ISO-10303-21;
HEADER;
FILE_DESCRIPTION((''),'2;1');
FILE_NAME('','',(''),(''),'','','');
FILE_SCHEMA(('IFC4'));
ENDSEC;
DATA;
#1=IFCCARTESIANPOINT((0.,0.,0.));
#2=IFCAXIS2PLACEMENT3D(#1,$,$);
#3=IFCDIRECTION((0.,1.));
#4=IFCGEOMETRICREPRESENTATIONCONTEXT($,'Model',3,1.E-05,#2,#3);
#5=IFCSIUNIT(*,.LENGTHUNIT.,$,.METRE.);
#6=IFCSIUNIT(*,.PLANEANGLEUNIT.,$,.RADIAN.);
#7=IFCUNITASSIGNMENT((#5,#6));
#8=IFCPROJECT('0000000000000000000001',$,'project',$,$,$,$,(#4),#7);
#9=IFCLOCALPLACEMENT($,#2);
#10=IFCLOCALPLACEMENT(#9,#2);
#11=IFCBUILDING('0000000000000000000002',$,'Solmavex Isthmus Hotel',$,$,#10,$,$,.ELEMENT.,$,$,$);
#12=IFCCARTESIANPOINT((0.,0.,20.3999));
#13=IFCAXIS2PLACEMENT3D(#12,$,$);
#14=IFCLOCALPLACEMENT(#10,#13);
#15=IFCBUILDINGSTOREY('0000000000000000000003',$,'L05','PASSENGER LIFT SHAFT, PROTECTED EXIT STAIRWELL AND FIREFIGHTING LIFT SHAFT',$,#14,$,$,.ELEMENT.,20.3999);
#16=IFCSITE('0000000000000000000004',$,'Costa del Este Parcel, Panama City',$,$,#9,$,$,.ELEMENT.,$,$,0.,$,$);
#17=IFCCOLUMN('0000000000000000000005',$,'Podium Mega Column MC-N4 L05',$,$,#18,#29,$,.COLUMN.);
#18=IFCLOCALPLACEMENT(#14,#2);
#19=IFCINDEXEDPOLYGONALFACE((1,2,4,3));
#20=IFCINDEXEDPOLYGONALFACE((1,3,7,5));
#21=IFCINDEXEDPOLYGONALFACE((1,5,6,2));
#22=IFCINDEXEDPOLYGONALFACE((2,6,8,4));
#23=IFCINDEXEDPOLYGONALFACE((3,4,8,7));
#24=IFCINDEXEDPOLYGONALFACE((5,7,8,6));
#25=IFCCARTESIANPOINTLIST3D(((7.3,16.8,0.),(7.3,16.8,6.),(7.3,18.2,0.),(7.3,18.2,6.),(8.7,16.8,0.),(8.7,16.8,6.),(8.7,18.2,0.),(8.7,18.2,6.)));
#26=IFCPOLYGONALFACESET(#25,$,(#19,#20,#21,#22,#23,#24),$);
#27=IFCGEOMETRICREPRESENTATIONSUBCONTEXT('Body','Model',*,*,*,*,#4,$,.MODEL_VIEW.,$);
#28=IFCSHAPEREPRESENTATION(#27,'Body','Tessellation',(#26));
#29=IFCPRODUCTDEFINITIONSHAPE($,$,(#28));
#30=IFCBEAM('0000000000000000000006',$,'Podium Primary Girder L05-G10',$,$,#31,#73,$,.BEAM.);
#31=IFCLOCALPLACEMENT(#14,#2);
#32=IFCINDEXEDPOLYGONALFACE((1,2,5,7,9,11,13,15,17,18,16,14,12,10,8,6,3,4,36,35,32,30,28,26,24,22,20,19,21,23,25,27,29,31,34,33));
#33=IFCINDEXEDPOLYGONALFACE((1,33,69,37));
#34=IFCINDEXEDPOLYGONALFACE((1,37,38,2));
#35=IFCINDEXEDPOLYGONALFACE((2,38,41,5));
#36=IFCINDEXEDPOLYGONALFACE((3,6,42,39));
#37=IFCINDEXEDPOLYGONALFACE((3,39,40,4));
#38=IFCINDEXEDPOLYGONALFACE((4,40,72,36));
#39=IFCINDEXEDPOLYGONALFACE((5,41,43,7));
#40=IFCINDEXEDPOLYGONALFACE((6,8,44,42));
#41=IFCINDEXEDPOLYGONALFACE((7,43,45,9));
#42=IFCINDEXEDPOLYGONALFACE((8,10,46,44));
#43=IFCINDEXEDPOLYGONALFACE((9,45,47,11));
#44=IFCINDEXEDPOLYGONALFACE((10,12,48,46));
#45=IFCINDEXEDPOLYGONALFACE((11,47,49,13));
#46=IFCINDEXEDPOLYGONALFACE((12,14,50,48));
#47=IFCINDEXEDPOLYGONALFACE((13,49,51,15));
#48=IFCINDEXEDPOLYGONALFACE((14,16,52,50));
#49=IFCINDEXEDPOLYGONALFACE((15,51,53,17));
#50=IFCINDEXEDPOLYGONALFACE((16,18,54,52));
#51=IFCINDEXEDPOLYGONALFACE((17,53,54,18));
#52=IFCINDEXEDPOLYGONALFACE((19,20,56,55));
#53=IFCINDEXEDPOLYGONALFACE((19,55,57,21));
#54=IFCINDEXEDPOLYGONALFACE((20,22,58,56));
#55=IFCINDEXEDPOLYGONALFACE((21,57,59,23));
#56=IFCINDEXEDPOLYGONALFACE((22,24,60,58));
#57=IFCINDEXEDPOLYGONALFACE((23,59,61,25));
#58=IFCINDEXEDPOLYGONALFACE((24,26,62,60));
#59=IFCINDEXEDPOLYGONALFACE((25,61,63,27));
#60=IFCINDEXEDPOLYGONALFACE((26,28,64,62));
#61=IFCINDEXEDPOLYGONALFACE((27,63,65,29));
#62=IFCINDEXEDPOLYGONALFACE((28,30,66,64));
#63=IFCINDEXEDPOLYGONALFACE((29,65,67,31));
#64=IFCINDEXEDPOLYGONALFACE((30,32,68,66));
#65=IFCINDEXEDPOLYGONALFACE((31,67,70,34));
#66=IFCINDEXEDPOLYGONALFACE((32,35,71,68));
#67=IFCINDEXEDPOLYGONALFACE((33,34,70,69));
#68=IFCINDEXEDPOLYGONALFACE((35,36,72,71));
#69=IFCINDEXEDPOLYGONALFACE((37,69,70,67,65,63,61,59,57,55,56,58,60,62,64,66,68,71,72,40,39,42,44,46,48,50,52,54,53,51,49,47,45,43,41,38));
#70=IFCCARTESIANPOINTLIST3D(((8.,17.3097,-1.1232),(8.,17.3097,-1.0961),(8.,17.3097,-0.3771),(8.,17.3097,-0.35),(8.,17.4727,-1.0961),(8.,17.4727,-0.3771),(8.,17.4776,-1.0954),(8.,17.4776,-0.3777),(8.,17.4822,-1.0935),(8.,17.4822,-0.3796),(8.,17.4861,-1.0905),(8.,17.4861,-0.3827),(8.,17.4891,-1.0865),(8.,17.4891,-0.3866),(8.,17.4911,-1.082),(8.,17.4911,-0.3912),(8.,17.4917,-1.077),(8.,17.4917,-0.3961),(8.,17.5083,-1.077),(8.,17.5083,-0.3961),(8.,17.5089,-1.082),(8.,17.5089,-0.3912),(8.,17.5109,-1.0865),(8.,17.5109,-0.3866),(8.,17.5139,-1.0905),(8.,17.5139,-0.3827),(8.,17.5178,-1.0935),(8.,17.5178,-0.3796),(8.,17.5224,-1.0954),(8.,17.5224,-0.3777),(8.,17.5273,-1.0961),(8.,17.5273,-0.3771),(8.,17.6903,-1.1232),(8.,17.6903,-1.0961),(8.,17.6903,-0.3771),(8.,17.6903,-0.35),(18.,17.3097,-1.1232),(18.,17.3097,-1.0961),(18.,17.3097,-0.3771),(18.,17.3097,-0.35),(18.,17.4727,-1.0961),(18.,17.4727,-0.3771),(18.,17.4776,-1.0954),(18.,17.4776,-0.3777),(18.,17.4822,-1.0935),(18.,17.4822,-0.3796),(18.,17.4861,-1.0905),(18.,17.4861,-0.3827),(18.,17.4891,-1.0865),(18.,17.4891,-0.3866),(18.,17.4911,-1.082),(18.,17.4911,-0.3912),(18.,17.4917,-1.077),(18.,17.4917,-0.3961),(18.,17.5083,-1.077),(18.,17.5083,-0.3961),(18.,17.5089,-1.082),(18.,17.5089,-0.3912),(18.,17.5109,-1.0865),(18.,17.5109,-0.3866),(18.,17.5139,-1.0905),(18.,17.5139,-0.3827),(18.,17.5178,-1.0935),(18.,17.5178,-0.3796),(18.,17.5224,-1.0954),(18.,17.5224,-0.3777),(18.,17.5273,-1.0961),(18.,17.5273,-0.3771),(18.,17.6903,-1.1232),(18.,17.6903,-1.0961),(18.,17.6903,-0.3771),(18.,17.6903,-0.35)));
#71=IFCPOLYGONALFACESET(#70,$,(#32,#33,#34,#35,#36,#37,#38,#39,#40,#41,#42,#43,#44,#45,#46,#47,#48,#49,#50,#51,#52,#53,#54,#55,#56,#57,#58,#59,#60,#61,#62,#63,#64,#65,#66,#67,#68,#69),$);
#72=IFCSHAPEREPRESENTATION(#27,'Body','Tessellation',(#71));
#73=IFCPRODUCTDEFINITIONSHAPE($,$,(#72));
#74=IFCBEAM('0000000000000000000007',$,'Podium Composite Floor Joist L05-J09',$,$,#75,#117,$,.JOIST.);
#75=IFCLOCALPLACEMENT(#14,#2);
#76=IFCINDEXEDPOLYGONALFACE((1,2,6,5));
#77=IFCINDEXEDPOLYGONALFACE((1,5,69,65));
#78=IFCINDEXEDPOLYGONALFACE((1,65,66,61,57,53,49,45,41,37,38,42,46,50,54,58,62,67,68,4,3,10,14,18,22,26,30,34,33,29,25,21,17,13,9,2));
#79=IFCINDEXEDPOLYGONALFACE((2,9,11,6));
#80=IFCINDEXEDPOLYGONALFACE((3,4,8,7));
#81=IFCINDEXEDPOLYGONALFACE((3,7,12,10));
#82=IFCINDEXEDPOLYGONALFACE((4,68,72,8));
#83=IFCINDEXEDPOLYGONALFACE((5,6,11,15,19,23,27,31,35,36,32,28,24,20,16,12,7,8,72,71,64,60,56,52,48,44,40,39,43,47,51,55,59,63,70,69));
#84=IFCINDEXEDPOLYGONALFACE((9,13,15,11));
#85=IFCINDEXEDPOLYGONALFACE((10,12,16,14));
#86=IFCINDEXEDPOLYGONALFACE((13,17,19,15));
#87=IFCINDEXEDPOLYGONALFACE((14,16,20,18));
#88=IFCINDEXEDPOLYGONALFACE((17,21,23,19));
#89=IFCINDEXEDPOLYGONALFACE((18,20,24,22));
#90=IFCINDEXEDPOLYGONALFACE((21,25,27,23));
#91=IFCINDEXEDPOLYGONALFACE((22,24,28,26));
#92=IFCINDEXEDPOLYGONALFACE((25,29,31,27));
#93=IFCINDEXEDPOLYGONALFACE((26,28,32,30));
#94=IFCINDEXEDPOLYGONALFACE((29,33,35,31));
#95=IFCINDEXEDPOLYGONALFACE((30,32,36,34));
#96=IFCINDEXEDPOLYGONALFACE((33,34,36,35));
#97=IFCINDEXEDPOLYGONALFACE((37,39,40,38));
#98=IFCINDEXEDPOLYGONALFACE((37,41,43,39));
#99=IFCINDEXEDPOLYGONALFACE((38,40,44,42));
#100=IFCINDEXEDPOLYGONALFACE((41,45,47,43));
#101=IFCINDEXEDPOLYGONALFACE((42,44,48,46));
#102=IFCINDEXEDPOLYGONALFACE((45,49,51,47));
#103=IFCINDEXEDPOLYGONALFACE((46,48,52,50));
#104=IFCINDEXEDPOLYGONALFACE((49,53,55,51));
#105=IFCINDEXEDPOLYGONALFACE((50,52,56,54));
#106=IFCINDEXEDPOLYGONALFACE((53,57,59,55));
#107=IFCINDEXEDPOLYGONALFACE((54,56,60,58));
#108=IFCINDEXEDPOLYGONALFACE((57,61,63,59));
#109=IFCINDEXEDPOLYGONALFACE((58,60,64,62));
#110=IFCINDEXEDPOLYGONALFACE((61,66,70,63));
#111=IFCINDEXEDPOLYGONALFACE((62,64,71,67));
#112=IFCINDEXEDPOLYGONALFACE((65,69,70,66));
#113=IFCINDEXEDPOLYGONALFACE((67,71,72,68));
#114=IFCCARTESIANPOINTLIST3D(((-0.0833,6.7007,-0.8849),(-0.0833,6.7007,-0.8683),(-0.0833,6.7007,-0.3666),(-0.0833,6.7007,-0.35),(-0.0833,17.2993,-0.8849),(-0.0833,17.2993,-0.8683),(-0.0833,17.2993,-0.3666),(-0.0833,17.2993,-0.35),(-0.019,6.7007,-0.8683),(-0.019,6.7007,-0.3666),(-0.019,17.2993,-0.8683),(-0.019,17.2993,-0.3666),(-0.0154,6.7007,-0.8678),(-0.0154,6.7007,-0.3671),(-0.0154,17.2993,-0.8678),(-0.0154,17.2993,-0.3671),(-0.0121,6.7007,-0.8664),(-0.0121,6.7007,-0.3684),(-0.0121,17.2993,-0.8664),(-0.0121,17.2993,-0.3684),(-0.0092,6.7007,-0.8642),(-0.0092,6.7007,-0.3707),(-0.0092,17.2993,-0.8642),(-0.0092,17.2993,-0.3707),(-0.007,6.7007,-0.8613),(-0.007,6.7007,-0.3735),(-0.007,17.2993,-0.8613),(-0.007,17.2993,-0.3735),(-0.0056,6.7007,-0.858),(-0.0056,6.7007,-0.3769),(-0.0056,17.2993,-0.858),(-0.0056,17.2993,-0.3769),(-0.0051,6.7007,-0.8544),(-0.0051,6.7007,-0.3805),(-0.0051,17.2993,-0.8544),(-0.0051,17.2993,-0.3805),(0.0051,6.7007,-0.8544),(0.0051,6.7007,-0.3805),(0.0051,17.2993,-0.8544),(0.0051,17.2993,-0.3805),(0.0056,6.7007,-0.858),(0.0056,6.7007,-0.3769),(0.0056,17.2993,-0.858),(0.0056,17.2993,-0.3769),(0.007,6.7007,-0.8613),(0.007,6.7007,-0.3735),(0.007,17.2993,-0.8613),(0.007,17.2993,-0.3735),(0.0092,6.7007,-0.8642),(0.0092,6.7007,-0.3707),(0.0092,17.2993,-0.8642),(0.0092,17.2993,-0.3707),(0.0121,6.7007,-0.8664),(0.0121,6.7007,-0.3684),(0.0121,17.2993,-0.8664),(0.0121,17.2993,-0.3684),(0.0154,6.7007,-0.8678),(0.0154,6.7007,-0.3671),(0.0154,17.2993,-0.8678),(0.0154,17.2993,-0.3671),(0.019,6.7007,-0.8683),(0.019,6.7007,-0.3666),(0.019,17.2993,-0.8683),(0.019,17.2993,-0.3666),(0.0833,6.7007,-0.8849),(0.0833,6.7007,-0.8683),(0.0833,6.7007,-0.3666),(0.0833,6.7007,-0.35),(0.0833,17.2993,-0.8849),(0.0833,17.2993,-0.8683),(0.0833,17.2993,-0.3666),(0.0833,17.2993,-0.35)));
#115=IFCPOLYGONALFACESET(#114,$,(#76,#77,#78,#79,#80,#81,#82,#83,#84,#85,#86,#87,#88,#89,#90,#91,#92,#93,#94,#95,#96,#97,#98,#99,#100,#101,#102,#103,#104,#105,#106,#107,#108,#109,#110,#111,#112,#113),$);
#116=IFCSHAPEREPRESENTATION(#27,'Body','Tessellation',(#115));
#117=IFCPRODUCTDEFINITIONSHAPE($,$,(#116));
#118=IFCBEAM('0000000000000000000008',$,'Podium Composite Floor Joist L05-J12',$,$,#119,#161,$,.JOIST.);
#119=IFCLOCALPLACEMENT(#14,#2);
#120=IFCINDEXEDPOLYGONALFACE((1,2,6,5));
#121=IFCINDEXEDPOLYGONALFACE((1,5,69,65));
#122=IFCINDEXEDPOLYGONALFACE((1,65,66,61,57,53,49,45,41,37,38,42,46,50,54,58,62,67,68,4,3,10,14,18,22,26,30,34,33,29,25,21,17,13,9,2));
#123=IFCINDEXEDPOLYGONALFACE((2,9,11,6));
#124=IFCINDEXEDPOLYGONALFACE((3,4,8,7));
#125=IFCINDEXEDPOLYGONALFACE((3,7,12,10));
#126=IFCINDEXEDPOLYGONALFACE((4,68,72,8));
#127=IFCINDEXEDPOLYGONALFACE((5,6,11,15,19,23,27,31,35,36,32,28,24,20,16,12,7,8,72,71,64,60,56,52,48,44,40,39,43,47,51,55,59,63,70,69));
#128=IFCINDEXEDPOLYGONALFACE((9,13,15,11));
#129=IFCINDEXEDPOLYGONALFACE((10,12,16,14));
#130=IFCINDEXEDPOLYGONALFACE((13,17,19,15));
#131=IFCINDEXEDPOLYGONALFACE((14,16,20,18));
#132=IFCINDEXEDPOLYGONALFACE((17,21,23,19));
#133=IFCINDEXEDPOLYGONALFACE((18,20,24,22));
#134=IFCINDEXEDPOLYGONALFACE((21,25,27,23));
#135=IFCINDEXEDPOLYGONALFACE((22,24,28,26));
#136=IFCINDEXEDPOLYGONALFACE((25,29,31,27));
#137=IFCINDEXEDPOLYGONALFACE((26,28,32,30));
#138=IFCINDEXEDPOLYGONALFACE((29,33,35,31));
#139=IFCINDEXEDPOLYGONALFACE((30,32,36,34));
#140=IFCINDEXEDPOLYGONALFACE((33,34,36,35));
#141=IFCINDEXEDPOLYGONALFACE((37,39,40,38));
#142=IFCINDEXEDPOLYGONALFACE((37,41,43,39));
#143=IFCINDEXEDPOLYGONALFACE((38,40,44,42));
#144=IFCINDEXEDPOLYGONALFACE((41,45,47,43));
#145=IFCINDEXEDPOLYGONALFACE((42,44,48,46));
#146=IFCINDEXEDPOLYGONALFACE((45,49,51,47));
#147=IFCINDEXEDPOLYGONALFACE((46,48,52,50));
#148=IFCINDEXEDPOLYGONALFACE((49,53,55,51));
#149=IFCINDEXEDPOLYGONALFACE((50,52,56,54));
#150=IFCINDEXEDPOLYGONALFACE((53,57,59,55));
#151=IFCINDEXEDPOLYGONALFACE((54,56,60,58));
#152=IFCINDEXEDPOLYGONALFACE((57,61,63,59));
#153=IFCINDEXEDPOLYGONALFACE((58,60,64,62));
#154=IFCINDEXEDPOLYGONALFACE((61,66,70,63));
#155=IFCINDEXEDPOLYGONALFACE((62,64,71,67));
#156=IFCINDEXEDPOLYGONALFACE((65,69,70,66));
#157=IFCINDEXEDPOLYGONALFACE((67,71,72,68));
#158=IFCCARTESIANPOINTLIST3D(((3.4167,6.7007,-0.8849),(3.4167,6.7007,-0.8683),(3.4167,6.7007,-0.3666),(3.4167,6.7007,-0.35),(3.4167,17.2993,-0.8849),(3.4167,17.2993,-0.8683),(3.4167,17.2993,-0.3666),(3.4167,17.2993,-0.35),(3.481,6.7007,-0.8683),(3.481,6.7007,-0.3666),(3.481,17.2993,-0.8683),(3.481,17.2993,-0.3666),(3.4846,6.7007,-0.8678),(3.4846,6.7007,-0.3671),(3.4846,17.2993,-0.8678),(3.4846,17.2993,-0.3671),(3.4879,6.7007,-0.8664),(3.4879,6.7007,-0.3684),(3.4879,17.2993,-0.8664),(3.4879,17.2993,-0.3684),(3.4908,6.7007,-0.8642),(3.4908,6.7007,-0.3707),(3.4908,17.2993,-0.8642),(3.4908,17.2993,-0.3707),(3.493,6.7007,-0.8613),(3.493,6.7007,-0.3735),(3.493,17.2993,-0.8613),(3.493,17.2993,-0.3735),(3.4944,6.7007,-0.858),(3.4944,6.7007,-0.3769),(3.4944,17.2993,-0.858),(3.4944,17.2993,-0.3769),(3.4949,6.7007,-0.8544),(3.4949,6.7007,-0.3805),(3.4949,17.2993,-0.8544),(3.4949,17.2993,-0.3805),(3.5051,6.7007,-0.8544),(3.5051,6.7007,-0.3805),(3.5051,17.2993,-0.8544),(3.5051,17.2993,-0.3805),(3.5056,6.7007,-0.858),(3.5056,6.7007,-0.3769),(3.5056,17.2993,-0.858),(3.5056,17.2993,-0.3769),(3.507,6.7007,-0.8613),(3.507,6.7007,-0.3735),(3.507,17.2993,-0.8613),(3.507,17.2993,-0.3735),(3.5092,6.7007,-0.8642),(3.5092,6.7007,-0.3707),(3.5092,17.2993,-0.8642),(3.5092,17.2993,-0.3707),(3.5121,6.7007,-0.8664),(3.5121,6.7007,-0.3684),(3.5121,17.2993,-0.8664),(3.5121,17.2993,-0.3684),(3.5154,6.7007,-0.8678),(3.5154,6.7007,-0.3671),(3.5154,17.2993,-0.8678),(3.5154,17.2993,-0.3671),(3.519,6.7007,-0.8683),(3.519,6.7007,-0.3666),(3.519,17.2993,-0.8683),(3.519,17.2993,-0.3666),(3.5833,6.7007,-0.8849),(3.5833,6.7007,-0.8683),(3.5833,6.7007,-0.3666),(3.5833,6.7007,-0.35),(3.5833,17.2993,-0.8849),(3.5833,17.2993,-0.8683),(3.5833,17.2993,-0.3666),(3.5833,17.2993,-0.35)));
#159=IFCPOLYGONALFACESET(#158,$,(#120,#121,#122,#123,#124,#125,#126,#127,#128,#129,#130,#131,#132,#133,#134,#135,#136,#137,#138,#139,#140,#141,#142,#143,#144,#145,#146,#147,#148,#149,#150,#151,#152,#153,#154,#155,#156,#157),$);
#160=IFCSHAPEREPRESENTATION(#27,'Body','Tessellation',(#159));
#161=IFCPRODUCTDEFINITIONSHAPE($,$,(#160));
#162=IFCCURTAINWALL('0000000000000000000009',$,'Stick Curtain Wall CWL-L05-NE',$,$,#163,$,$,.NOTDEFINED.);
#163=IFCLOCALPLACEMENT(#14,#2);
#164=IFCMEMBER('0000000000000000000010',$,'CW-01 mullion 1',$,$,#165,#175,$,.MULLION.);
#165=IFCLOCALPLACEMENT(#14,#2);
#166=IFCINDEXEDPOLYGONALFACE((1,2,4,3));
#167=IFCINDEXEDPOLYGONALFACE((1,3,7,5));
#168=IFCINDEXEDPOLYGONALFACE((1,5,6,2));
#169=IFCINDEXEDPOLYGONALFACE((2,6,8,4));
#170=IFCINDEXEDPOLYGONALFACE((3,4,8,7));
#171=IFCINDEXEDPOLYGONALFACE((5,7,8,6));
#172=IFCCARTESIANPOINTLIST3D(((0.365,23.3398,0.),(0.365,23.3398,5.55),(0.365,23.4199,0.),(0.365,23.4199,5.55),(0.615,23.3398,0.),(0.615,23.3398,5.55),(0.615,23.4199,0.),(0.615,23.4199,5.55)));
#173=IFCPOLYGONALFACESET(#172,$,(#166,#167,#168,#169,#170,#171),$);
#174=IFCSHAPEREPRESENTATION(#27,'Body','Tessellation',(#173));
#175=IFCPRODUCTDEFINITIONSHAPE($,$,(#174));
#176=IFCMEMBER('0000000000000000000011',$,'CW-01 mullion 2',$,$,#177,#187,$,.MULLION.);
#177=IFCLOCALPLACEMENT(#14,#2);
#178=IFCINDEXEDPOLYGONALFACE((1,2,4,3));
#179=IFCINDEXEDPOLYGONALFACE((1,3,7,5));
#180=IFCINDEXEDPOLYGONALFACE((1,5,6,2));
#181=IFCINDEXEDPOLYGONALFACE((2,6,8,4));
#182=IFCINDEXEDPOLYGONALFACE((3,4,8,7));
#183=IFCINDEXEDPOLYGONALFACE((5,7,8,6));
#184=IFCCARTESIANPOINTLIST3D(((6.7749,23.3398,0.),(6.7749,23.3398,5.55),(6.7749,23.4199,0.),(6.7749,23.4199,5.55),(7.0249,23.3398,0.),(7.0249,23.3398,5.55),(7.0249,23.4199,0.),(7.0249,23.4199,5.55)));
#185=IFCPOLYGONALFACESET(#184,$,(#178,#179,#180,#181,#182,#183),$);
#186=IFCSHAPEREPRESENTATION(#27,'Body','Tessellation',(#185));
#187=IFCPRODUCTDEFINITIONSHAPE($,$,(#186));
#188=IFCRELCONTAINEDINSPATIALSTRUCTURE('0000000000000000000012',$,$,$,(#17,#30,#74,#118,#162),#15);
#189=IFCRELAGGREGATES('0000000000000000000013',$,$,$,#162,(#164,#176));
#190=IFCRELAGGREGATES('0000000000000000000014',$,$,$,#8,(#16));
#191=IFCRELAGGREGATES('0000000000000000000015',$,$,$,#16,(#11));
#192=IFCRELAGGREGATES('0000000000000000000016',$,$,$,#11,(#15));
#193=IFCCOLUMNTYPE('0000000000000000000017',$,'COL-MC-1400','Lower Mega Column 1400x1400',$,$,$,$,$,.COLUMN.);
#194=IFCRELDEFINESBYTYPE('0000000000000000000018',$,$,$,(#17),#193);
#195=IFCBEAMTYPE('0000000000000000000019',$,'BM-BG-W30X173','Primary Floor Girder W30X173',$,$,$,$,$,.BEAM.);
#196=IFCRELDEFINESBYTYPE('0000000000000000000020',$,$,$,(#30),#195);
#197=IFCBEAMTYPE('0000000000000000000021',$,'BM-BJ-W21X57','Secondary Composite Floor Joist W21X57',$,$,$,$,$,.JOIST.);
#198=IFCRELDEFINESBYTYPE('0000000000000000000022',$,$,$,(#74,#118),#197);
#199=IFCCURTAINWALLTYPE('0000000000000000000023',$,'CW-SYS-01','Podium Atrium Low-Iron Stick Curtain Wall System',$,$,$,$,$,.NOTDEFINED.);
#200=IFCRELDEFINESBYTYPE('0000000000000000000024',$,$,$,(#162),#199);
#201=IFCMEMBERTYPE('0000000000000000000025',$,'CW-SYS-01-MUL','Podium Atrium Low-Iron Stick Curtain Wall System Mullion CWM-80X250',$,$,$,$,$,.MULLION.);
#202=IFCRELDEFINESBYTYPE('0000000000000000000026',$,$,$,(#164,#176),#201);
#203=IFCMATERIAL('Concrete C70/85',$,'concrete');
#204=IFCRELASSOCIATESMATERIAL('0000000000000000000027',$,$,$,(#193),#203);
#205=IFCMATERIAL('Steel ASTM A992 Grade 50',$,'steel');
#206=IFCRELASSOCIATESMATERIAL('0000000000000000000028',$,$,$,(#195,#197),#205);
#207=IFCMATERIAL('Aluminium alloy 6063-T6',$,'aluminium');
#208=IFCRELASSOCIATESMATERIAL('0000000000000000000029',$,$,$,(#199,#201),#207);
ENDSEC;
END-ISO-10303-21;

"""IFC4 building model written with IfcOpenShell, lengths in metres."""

from ifc_helpers import new_model, si_unit, direction, frame, origin, origin_2d, place, context, subcontext, project, spatial, rectangle, i_section, extrude, material, material_profile, profile_set, type_object, element, aggregate, save


model = new_model("IFC4")

# Units and contexts
model_context = context("Model", 3, precision=1e-05, world=origin(), true_north=direction((0.0, 1.0)))
body_context = subcontext(model_context, "Body", "Model", "MODEL_VIEW")
ifc_project = project(units=[si_unit("LENGTHUNIT", "METRE"), si_unit("PLANEANGLEUNIT", "RADIAN")], contexts=[model_context])

# Site, building, storey
site_placement = place(None, origin())
site = spatial("IfcSite", under=ifc_project, at=site_placement, Name="Costa del Este Parcel, Panama City", CompositionType="ELEMENT", RefElevation=0.0)
building_placement = place(site_placement, origin())
building = spatial("IfcBuilding", under=site, at=building_placement, Name="Solmavex Isthmus Hotel", CompositionType="ELEMENT")
storey_placement = place(building_placement, frame((0.0, 0.0, 20.3999)))
storey = spatial("IfcBuildingStorey", under=building, at=storey_placement, Name="L05", Description="PASSENGER LIFT SHAFT, PROTECTED EXIT STAIRWELL AND FIREFIGHTING LIFT SHAFT", CompositionType="ELEMENT", Elevation=20.3999)

# Column
ifc_material_1 = material(Name="Concrete C70/85", Category="concrete")
ifc_material_profile_1 = material_profile(ifc_material_1, rectangle(XDim=1.3999, YDim=1.3999, at=origin_2d()), Name="RC1400X1400")
ifc_profile_set_1 = profile_set([ifc_material_profile_1], Name="Concrete C70/85")
column_type = type_object("IfcColumnType", Name="COL-MC-1400", Description="Lower Mega Column 1400x1400", PredefinedType="COLUMN", material=ifc_profile_set_1)
column_placement = place(storey_placement, frame((8.0, 17.5, 0.0), z_axis=(0.0, 0.0, 1.0), x_axis=(1.0, 0.0, 0.0)))
element("IfcColumn", 1, at=column_placement, inside=storey, type_object=column_type, Name="Podium Mega Column MC-N4 L05", PredefinedType="COLUMN", context=body_context, shape_type="SweptSolid", body=[
    extrude(rectangle(XDim=1.3999, YDim=1.3999, at=origin_2d()), origin(), (0.0, 0.0, 1.0), 6.0),
])

# Beams
ifc_material_2 = material(Name="Steel ASTM A992 Grade 50", Category="steel")
ifc_material_profile_2 = material_profile(ifc_material_2, i_section(OverallWidth=0.3806, OverallDepth=0.7732, WebThickness=0.0166, FlangeThickness=0.0271, FilletRadius=0.019, at=origin_2d()), Name="W30X173")
ifc_profile_set_2 = profile_set([ifc_material_profile_2], Name="Steel ASTM A992 Grade 50")
beam_type_1 = type_object("IfcBeamType", Name="BM-BG-W30X173", Description="Primary Floor Girder W30X173", PredefinedType="BEAM", material=ifc_profile_set_2)
beam_placement = place(storey_placement, frame((8.0, 17.5, -0.7366), z_axis=(1.0, 0.0, 0.0), x_axis=(0.0, 1.0, 0.0)))
element("IfcBeam", 2, at=beam_placement, inside=storey, type_object=beam_type_1, Name="Podium Primary Girder L05-G10", PredefinedType="BEAM", context=body_context, shape_type="SweptSolid", body=[
    extrude(i_section(OverallWidth=0.3806, OverallDepth=0.7732, WebThickness=0.0166, FlangeThickness=0.0271, FilletRadius=0.019, at=origin_2d()), origin(), (0.0, 0.0, 1.0), 10.0),
])
ifc_material_profile_3 = material_profile(ifc_material_2, i_section(OverallWidth=0.1665, OverallDepth=0.5349, WebThickness=0.0103, FlangeThickness=0.0166, FilletRadius=0.0139, at=origin_2d()), Name="W21X57")
ifc_profile_set_3 = profile_set([ifc_material_profile_3], Name="Steel ASTM A992 Grade 50")
beam_type_2 = type_object("IfcBeamType", Name="BM-BJ-W21X57", Description="Secondary Composite Floor Joist W21X57", PredefinedType="JOIST", material=ifc_profile_set_3)
for number, where, z_axis, x_axis, name in (
    (3, (0.0, 6.7007, -0.6174), (0.0, 1.0, 0.0), (-1.0, 0.0, 0.0), "Podium Composite Floor Joist L05-J09"),
    (4, (3.5, 6.7007, -0.6174), (0.0, 1.0, 0.0), (-1.0, 0.0, 0.0), "Podium Composite Floor Joist L05-J12"),
):
    element("IfcBeam", number, at=place(storey_placement, frame(where, z_axis=z_axis, x_axis=x_axis)), inside=storey, type_object=beam_type_2, Name=name, PredefinedType="JOIST", context=body_context, shape_type="SweptSolid", body=[
        extrude(i_section(OverallWidth=0.1665, OverallDepth=0.5349, WebThickness=0.0103, FlangeThickness=0.0166, FilletRadius=0.0139, at=origin_2d()), origin(), (0.0, 0.0, 1.0), 10.5986),
    ])

# Curtain wall, members
ifc_material_3 = material(Name="Aluminium alloy 6063-T6", Category="aluminium")
curtain_wall_type = type_object("IfcCurtainWallType", Name="CW-SYS-01", Description="Podium Atrium Low-Iron Stick Curtain Wall System", PredefinedType="NOTDEFINED", material=ifc_material_3)
curtain_wall_placement = place(storey_placement, origin())
curtain_wall = element("IfcCurtainWall", 5, at=curtain_wall_placement, inside=storey, type_object=curtain_wall_type, Name="Stick Curtain Wall CWL-L05-NE", PredefinedType="NOTDEFINED")
ifc_material_profile_4 = material_profile(ifc_material_3, rectangle(XDim=0.0801, YDim=0.25, at=origin_2d()), Name="CWM-80X250")
ifc_profile_set_4 = profile_set([ifc_material_profile_4], Name="Aluminium alloy 6063-T6")
member_type_1 = type_object("IfcMemberType", Name="CW-SYS-01-MUL", Description="Podium Atrium Low-Iron Stick Curtain Wall System Mullion CWM-80X250", PredefinedType="MULLION", material=ifc_profile_set_4)
member_1_placement = place(storey_placement, frame((0.49, 23.3799, 0.0), z_axis=(0.0, 0.0, 1.0), x_axis=(0.0, 1.0, 0.0)))
member_1 = element("IfcMember", 6, at=member_1_placement, type_object=member_type_1, Name="CW-01 mullion 1", PredefinedType="MULLION", context=body_context, shape_type="SweptSolid", body=[
    extrude(rectangle(XDim=0.0801, YDim=0.25, at=origin_2d()), origin(), (0.0, 0.0, 1.0), 5.55),
])
member_2_placement = place(storey_placement, frame((6.8999, 23.3799, 0.0), z_axis=(0.0, 0.0, 1.0), x_axis=(0.0, 1.0, 0.0)))
member_2 = element("IfcMember", 7, at=member_2_placement, type_object=member_type_1, Name="CW-01 mullion 2", PredefinedType="MULLION", context=body_context, shape_type="SweptSolid", body=[
    extrude(rectangle(XDim=0.0801, YDim=0.25, at=origin_2d()), origin(), (0.0, 0.0, 1.0), 5.55),
])

aggregate(curtain_wall, [member_1, member_2])

save(model, "model.ifc")
